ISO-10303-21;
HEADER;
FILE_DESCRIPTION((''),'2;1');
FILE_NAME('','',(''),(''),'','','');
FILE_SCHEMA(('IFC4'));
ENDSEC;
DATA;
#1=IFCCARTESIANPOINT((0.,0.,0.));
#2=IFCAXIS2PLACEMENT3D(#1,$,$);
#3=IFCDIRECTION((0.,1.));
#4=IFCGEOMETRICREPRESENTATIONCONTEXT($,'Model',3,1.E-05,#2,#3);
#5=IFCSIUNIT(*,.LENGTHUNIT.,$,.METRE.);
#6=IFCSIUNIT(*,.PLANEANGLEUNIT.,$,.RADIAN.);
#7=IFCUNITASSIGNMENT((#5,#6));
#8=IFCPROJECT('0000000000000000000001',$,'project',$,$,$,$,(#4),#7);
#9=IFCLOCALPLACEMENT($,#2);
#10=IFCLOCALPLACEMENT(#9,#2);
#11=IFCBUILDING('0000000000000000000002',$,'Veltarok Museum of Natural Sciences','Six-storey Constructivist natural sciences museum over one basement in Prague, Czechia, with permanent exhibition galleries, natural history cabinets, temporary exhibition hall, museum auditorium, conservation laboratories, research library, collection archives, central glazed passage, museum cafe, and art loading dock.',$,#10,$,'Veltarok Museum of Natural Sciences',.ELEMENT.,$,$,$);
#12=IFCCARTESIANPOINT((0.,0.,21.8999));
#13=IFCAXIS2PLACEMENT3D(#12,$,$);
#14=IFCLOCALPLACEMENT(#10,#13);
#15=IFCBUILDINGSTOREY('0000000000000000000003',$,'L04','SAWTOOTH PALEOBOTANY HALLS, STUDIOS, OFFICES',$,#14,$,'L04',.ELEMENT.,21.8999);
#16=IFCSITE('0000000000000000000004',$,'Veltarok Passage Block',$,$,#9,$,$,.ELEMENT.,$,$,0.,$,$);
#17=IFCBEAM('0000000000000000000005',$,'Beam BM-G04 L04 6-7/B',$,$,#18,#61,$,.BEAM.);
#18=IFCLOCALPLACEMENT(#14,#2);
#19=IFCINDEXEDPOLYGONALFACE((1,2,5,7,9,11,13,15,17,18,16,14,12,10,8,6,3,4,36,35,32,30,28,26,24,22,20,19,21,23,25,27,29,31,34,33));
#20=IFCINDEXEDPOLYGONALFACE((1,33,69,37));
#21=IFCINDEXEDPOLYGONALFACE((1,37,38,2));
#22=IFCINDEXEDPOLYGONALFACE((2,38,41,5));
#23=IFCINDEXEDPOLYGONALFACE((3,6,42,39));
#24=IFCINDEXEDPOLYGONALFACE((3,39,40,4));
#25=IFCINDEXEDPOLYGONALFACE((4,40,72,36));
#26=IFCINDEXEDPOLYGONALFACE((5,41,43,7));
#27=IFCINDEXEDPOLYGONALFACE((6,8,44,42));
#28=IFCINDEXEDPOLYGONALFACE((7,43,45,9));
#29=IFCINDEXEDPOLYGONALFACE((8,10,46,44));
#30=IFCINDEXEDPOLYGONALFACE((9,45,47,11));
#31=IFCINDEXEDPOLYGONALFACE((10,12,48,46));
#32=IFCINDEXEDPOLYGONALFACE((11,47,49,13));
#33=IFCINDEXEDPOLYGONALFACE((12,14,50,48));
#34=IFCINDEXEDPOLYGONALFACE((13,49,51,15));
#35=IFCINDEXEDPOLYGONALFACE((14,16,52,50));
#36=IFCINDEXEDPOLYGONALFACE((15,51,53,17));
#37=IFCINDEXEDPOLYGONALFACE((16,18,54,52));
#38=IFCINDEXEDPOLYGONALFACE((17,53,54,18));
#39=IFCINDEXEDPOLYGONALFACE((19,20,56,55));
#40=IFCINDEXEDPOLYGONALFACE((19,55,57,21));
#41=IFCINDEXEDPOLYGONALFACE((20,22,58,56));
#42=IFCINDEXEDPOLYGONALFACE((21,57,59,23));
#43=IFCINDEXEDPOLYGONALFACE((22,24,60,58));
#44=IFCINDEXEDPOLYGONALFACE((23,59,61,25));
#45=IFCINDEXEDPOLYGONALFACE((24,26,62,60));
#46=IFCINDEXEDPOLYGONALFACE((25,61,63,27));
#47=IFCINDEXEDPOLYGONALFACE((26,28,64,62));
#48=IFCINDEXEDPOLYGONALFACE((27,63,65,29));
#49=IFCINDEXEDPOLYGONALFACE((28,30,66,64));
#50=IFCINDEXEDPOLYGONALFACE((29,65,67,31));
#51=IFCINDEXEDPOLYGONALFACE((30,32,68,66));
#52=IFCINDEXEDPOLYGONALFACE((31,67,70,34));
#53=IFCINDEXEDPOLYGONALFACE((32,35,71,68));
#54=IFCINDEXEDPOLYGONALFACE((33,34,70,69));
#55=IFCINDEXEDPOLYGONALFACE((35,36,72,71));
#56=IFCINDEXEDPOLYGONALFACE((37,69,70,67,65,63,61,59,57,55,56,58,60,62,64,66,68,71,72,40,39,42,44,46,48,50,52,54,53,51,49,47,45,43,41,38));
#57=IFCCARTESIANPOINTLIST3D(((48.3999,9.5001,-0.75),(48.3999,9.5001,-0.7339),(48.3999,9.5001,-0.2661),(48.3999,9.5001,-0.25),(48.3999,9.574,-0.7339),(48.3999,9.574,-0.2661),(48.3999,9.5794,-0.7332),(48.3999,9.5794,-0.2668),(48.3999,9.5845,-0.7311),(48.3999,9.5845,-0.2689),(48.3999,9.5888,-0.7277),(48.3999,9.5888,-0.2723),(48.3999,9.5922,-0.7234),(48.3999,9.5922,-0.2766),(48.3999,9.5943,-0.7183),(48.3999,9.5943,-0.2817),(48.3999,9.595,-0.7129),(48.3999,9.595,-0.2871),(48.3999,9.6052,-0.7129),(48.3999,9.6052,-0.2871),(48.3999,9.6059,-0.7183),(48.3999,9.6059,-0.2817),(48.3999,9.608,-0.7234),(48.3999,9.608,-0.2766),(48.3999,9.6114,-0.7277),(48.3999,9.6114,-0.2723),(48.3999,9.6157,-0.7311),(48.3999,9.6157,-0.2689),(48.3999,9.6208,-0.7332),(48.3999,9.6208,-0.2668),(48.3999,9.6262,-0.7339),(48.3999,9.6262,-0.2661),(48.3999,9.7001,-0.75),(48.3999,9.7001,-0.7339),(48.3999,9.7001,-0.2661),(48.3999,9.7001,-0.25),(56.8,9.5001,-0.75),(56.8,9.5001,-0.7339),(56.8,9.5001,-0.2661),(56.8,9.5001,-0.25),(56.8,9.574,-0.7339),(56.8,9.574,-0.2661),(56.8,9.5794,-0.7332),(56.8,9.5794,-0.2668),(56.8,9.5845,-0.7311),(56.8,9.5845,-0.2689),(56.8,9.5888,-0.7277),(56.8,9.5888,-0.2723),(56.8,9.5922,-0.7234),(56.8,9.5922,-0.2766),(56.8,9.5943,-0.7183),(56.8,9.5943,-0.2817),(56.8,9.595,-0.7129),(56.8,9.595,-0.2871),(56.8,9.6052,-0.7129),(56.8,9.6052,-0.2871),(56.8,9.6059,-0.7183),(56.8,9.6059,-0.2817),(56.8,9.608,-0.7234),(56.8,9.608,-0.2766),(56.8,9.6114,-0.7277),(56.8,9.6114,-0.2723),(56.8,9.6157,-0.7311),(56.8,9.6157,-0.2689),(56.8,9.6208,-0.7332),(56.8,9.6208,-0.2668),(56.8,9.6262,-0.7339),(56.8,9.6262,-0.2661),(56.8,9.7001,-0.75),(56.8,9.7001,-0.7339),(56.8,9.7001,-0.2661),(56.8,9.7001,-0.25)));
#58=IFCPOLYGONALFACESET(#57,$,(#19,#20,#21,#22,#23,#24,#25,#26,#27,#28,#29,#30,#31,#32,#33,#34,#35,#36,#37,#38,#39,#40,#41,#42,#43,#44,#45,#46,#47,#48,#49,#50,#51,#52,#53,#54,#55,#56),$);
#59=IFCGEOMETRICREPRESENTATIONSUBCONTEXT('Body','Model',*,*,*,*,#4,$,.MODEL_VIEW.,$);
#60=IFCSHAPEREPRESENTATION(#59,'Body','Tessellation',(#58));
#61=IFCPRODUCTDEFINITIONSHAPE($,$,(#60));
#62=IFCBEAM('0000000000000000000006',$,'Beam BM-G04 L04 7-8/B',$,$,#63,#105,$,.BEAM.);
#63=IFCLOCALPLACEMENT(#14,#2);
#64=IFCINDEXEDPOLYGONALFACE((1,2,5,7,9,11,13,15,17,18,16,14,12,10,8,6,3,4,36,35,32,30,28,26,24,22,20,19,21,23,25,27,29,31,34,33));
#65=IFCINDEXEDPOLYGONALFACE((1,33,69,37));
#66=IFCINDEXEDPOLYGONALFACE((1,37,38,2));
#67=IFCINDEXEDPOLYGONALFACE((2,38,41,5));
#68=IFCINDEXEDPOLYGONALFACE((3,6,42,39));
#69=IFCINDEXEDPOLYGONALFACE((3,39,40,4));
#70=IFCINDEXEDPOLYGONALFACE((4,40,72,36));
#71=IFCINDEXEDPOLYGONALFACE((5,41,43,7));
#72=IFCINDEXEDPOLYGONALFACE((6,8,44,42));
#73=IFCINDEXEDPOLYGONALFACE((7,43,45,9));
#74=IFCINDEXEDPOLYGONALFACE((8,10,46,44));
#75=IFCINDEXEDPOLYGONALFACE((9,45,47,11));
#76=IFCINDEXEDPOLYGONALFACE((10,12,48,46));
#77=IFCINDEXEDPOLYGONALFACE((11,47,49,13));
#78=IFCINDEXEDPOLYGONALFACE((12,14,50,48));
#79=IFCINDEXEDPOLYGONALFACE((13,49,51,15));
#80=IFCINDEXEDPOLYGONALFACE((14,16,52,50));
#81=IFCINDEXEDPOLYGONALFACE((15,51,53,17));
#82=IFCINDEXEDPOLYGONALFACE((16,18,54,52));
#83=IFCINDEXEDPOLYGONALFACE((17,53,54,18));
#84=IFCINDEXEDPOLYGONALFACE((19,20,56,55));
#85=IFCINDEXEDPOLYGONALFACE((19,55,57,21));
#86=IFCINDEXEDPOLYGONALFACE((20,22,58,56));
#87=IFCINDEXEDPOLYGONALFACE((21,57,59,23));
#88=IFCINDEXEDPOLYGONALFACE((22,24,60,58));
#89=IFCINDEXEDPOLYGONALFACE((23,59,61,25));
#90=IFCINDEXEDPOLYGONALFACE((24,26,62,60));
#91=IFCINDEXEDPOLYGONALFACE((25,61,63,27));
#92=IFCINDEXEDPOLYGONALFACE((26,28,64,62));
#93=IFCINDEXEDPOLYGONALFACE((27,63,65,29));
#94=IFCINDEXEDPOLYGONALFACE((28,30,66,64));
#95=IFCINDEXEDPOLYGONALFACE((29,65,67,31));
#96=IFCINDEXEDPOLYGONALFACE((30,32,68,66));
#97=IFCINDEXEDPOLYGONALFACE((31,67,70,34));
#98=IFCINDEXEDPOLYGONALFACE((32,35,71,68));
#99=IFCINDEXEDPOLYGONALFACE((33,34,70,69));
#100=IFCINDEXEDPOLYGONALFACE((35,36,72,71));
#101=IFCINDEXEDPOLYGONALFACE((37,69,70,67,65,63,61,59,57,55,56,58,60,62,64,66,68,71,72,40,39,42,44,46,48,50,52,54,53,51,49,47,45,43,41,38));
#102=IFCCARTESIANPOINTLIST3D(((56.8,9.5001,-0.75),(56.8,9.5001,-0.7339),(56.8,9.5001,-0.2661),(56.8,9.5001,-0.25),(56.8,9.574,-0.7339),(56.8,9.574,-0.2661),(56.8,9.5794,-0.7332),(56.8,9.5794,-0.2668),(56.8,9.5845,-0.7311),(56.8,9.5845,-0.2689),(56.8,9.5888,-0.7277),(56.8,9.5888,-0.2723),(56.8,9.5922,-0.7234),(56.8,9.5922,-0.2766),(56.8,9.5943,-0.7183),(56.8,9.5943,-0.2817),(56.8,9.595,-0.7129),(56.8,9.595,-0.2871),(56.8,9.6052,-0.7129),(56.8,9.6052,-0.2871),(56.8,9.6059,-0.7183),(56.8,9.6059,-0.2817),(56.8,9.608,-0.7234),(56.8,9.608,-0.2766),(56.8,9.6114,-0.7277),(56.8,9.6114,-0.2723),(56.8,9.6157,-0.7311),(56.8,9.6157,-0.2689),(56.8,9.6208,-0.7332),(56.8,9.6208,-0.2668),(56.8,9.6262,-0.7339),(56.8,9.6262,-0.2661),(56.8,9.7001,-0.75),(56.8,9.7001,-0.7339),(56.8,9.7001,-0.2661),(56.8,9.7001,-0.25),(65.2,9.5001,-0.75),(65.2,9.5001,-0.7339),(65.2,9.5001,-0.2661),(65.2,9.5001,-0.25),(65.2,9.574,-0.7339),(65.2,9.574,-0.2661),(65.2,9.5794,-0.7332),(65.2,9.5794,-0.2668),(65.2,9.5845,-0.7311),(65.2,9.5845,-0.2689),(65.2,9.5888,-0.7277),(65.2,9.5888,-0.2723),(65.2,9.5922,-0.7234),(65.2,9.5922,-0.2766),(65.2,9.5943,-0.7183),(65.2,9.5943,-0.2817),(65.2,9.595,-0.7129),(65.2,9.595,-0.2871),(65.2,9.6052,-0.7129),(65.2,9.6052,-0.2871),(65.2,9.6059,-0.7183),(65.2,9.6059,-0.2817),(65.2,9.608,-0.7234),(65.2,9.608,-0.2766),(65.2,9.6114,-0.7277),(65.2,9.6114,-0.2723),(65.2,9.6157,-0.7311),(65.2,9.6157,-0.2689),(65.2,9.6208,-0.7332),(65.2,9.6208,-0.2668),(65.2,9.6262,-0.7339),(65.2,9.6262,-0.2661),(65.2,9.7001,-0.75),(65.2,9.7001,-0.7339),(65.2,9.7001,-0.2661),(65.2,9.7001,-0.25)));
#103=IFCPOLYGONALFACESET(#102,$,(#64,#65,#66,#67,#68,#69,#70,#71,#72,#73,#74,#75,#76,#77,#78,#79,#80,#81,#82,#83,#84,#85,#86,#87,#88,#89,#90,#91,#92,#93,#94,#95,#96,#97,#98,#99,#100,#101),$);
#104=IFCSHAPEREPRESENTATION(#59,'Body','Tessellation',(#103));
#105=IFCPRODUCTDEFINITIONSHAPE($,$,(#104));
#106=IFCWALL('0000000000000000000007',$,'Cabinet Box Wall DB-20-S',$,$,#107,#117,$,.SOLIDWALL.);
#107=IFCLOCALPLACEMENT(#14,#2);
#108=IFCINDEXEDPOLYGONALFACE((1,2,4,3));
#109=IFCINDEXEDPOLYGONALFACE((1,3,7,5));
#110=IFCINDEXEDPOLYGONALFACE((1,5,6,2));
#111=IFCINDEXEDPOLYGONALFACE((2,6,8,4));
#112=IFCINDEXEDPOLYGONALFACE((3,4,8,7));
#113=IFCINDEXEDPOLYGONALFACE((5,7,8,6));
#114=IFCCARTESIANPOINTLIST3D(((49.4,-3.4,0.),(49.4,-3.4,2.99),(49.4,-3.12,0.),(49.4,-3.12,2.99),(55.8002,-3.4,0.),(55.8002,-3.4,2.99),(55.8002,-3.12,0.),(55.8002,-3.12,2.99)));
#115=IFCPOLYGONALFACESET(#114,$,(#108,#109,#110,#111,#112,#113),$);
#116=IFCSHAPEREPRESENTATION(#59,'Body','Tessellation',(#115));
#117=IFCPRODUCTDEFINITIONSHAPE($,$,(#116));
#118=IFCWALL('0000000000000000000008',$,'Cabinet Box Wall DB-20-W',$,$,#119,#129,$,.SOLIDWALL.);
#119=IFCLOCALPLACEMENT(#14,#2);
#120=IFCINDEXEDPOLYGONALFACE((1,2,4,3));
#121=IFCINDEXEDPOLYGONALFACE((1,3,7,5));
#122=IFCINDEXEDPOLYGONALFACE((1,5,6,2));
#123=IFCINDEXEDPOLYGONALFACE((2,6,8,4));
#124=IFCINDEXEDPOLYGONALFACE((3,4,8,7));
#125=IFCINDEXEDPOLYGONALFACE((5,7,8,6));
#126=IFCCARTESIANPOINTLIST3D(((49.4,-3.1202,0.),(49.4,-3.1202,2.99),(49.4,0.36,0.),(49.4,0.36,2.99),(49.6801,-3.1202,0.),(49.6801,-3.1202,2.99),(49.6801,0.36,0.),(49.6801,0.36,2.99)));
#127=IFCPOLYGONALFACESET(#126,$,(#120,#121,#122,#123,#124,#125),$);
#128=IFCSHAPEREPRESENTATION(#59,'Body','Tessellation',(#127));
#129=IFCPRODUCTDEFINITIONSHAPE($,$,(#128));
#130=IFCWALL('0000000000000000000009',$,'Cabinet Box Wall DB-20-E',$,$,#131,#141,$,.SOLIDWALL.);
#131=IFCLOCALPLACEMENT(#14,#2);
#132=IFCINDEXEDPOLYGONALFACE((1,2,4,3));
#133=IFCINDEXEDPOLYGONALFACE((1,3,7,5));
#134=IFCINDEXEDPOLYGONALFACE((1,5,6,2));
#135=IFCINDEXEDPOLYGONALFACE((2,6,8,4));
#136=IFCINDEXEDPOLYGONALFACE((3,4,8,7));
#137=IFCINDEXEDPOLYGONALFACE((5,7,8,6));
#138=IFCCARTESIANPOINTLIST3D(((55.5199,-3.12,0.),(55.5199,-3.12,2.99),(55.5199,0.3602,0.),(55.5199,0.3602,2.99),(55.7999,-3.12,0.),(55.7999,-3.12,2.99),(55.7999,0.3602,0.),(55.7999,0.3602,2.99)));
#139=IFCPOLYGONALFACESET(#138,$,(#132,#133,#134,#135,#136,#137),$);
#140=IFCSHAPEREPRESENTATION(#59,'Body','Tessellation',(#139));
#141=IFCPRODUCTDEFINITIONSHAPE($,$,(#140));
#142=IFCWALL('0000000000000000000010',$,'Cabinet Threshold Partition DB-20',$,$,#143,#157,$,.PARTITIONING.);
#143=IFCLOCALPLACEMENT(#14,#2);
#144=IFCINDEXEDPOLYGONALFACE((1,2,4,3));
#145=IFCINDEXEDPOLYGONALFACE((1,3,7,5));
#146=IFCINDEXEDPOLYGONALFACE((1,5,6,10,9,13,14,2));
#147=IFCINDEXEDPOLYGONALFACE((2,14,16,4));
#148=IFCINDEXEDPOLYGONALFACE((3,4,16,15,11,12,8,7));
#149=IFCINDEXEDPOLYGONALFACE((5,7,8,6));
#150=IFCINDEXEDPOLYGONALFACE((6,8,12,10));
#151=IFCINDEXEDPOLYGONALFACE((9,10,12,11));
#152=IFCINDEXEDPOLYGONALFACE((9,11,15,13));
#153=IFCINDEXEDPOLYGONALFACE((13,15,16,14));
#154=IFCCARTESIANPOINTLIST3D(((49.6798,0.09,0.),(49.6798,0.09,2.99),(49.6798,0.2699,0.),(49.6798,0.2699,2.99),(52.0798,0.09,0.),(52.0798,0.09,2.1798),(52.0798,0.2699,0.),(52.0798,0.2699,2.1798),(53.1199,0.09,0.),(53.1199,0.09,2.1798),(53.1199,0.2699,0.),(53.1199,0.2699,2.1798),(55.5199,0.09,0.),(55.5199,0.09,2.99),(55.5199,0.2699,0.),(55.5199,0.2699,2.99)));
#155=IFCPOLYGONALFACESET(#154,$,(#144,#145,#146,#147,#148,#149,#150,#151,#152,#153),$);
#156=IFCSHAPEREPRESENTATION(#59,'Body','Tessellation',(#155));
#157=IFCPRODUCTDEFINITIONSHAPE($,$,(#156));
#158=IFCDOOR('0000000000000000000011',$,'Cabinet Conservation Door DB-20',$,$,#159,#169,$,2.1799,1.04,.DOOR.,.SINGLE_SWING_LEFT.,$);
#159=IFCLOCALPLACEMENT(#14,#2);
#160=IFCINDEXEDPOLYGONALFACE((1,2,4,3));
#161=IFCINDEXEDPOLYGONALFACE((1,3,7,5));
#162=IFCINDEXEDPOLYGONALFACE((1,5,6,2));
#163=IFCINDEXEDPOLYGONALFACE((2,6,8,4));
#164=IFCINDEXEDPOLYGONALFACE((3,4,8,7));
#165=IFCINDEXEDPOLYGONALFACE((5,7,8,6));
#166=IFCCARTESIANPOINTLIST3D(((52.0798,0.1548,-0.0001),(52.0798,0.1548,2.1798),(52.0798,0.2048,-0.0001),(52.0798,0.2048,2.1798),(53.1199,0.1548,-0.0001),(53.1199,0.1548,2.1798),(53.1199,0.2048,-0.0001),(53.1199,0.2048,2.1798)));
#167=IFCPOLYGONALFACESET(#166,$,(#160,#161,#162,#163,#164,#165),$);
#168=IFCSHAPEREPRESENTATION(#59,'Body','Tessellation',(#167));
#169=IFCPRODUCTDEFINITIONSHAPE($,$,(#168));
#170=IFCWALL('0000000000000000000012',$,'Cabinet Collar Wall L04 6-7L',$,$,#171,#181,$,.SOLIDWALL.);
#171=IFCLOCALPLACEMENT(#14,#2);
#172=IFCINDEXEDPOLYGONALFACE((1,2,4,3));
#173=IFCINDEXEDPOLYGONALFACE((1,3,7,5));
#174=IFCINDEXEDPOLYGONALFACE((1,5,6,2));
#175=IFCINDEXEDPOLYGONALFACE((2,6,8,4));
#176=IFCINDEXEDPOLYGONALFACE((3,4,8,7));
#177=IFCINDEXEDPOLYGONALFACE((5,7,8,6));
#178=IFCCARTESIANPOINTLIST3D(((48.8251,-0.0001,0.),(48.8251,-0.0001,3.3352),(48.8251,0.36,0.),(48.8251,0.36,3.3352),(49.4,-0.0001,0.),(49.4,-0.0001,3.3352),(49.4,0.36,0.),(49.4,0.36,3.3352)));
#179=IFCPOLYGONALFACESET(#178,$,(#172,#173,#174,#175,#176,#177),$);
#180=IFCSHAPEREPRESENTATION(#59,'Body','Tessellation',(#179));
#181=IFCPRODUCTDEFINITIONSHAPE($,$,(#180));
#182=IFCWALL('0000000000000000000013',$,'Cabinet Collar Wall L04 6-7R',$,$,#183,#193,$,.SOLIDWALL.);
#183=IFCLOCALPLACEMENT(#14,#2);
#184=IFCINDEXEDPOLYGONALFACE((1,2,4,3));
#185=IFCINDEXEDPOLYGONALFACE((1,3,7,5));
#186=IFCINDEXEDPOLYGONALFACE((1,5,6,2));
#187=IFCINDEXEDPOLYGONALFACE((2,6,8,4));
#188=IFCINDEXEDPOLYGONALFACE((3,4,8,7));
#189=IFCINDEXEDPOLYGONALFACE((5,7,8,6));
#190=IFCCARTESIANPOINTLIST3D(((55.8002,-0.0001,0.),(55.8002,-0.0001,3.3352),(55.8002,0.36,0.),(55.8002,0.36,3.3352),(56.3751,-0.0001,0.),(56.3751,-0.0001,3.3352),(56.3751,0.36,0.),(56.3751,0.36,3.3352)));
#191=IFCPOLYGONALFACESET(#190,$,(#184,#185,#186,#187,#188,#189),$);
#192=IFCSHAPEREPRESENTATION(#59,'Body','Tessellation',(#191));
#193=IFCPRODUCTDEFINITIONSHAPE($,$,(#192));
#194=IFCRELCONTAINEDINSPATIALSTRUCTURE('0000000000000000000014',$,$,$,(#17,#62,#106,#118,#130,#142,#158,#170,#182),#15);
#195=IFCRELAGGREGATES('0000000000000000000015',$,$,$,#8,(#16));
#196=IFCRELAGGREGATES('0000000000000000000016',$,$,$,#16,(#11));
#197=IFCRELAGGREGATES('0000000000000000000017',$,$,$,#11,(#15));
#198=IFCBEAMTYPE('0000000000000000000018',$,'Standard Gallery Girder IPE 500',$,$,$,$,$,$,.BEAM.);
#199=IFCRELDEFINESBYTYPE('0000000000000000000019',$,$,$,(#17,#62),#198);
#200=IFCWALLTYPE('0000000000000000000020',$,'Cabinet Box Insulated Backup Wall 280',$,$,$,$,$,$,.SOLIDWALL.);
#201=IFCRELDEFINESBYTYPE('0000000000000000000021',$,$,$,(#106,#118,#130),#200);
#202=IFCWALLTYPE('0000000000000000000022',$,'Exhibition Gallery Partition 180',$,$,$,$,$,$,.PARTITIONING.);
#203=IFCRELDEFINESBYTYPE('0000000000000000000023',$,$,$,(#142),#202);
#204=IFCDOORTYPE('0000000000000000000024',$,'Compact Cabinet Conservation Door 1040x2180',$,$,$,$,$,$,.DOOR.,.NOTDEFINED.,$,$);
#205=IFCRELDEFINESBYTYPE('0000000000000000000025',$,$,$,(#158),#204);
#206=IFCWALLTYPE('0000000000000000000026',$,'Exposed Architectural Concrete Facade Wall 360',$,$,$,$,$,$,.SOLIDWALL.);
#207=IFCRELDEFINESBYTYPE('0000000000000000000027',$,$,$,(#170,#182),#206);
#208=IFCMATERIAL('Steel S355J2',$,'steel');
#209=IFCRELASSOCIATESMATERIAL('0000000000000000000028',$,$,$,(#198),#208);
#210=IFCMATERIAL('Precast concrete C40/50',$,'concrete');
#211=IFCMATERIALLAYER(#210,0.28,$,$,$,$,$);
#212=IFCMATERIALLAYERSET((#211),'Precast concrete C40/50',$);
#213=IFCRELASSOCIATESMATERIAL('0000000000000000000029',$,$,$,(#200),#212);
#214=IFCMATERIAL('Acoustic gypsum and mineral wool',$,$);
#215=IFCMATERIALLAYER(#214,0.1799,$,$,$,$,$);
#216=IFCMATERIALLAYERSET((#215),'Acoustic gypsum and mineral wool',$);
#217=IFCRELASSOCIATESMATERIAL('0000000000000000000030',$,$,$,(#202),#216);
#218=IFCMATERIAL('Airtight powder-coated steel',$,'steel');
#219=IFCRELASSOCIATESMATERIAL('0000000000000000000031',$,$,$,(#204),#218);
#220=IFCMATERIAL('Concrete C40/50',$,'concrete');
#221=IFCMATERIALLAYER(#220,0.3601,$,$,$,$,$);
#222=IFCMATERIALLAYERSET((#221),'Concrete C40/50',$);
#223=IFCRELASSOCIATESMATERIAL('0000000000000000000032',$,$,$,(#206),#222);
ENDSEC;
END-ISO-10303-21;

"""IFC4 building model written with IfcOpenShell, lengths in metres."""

from ifc_helpers import new_model, si_unit, direction, frame, frame_2d, origin, origin_2d, place, context, subcontext, project, spatial, rectangle, i_section, extrude, material, layer, layer_set, material_profile, profile_set, type_object, element, fill, save


model = new_model("IFC4")

# Units and contexts
model_context = context("Model", 3, precision=1e-05, world=origin(), true_north=direction((0.0, 1.0)))
body_context = subcontext(model_context, "Body", "Model", "MODEL_VIEW")
ifc_project = project(units=[si_unit("LENGTHUNIT", "METRE"), si_unit("PLANEANGLEUNIT", "RADIAN")], contexts=[model_context])

# Site, building, storey
site_placement = place(None, origin())
site = spatial("IfcSite", under=ifc_project, at=site_placement, Name="Veltarok Passage Block", CompositionType="ELEMENT", RefElevation=0.0)
building_placement = place(site_placement, origin())
building = spatial("IfcBuilding", under=site, at=building_placement, Name="Veltarok Museum of Natural Sciences", Description="Six-storey Constructivist natural sciences museum over one basement in Prague, Czechia, with permanent exhibition galleries, natural history cabinets, temporary exhibition hall, museum auditorium, conservation laboratories, research library, collection archives, central glazed passage, museum cafe, and art loading dock.", LongName="Veltarok Museum of Natural Sciences", CompositionType="ELEMENT")
storey_placement = place(building_placement, frame((0.0, 0.0, 21.8999)))
storey = spatial("IfcBuildingStorey", under=building, at=storey_placement, Name="L04", Description="SAWTOOTH PALEOBOTANY HALLS, STUDIOS, OFFICES", LongName="L04", CompositionType="ELEMENT", Elevation=21.8999)

# Shared definitions
ifc_material_1 = material(Name="Concrete C40/50", Category="concrete")
ifc_material_2 = material(Name="Steel S355J2", Category="steel")

# Beams
ifc_material_profile_1 = material_profile(ifc_material_2, i_section(OverallWidth=0.2, OverallDepth=0.5, WebThickness=0.0103, FlangeThickness=0.0161, FilletRadius=0.021, at=origin_2d()), Name="IPE 500")
ifc_profile_set_1 = profile_set([ifc_material_profile_1], Name="Steel S355J2")
beam_type_1 = type_object("IfcBeamType", Name="Standard Gallery Girder IPE 500", PredefinedType="BEAM", material=ifc_profile_set_1)
beam_1_placement = place(storey_placement, frame((48.3999, 9.6001, -0.5), z_axis=(1.0, 0.0, 0.0), x_axis=(0.0, 1.0, 0.0)))
element("IfcBeam", 1, at=beam_1_placement, inside=storey, type_object=beam_type_1, Name="Beam BM-G04 L04 6-7/B", PredefinedType="BEAM", context=body_context, shape_type="SweptSolid", body=[
    extrude(i_section(OverallWidth=0.2, OverallDepth=0.5, WebThickness=0.0103, FlangeThickness=0.0161, FilletRadius=0.021, at=origin_2d()), origin(), (0.0, 0.0, 1.0), 8.4001),
])
beam_2_placement = place(storey_placement, frame((56.8, 9.6001, -0.5), z_axis=(1.0, 0.0, 0.0), x_axis=(0.0, 1.0, 0.0)))
element("IfcBeam", 2, at=beam_2_placement, inside=storey, type_object=beam_type_1, Name="Beam BM-G04 L04 7-8/B", PredefinedType="BEAM", context=body_context, shape_type="SweptSolid", body=[
    extrude(i_section(OverallWidth=0.2, OverallDepth=0.5, WebThickness=0.0103, FlangeThickness=0.0161, FilletRadius=0.021, at=origin_2d()), origin(), (0.0, 0.0, 1.0), 8.3999),
])

# Walls
ifc_material_3 = material(Name="Precast concrete C40/50", Category="concrete")
ifc_layer_1 = layer(ifc_material_3, 0.28)
ifc_layer_set_1 = layer_set([ifc_layer_1], Name="Precast concrete C40/50")
wall_type_1 = type_object("IfcWallType", Name="Cabinet Box Insulated Backup Wall 280", PredefinedType="SOLIDWALL", material=ifc_layer_set_1)
wall_1_placement = place(storey_placement, frame((49.3999, -3.26, 0.0), z_axis=(0.0, 0.0, 1.0), x_axis=(1.0, 0.0, 0.0)))
element("IfcWall", 3, at=wall_1_placement, inside=storey, type_object=wall_type_1, Name="Cabinet Box Wall DB-20-S", PredefinedType="SOLIDWALL", context=body_context, shape_type="SweptSolid", body=[
    extrude(rectangle(XDim=6.4001, YDim=0.28, at=frame_2d((3.2002, 0.0))), origin(), (0.0, 0.0, 1.0), 2.99),
])
for number, where, z_axis, x_axis, name in (
    (4, (49.54, 0.3601, 0.0), (0.0, 0.0, 1.0), (0.0, -1.0, 0.0), "Cabinet Box Wall DB-20-W"),
    (5, (55.6599, -3.1201, 0.0), (0.0, 0.0, 1.0), (0.0, 1.0, 0.0), "Cabinet Box Wall DB-20-E"),
):
    element("IfcWall", number, at=place(storey_placement, frame(where, z_axis=z_axis, x_axis=x_axis)), inside=storey, type_object=wall_type_1, Name=name, PredefinedType="SOLIDWALL", context=body_context, shape_type="SweptSolid", body=[
        extrude(rectangle(XDim=3.4802, YDim=0.28, at=frame_2d((1.7402, 0.0))), origin(), (0.0, 0.0, 1.0), 2.99),
    ])

# Wall, opening, door
ifc_material_4 = material(Name="Acoustic gypsum and mineral wool")
ifc_layer_2 = layer(ifc_material_4, 0.1799)
ifc_layer_set_2 = layer_set([ifc_layer_2], Name="Acoustic gypsum and mineral wool")
wall_type_2 = type_object("IfcWallType", Name="Exhibition Gallery Partition 180", PredefinedType="PARTITIONING", material=ifc_layer_set_2)
wall_2_placement = place(storey_placement, frame((49.6799, 0.1799, 0.0), z_axis=(0.0, 0.0, 1.0), x_axis=(1.0, 0.0, 0.0)))
wall_2 = element("IfcWall", 6, at=wall_2_placement, inside=storey, type_object=wall_type_2, Name="Cabinet Threshold Partition DB-20", PredefinedType="PARTITIONING", context=body_context, shape_type="SweptSolid", body=[
    extrude(rectangle(XDim=5.8401, YDim=0.1799, at=frame_2d((2.9199, 0.0))), origin(), (0.0, 0.0, 1.0), 2.99),
])
opening_placement = place(wall_2_placement, frame((2.3999, 0.0, 0.0)))
opening = element("IfcOpeningElement", 7, at=opening_placement, cuts=wall_2, PredefinedType="OPENING", context=body_context, shape_type="SweptSolid", body=[
    extrude(rectangle(XDim=1.04, YDim=2.1799, at=frame_2d((0.52, 1.0898))), frame((0.0, 0.1001, 0.0), z_axis=(0.0, -1.0, 0.0), x_axis=(1.0, 0.0, 0.0)), (0.0, 0.0, 1.0), 0.2),
])
ifc_material_5 = material(Name="Airtight powder-coated steel", Category="steel")
door_type = type_object("IfcDoorType", Name="Compact Cabinet Conservation Door 1040x2180", OperationType="NOTDEFINED", PredefinedType="DOOR", material=ifc_material_5)
door_placement = place(opening_placement, origin())
door = element("IfcDoor", 8, at=door_placement, inside=storey, type_object=door_type, Name="Cabinet Conservation Door DB-20", OperationType="SINGLE_SWING_LEFT", OverallHeight=2.1799, OverallWidth=1.04, PredefinedType="DOOR", context=body_context, shape_type="SweptSolid", body=[
    extrude(rectangle(XDim=1.04, YDim=2.1799, at=frame_2d((0.52, 1.0898))), frame((0.0, 0.0249, 0.0), z_axis=(0.0, -1.0, 0.0), x_axis=(1.0, 0.0, 0.0)), (0.0, 0.0, 1.0), 0.05),
])
fill(opening, door)

# Walls
ifc_layer_3 = layer(ifc_material_1, 0.3601)
ifc_layer_set_3 = layer_set([ifc_layer_3], Name="Concrete C40/50")
wall_type_3 = type_object("IfcWallType", Name="Exposed Architectural Concrete Facade Wall 360", PredefinedType="SOLIDWALL", material=ifc_layer_set_3)
for number, where, z_axis, x_axis, name in (
    (9, (48.825, 0.1799, 0.0), (0.0, 0.0, 1.0), (1.0, 0.0, 0.0), "Cabinet Collar Wall L04 6-7L"),
    (10, (55.8, 0.1799, 0.0), (0.0, 0.0, 1.0), (1.0, 0.0, 0.0), "Cabinet Collar Wall L04 6-7R"),
):
    element("IfcWall", number, at=place(storey_placement, frame(where, z_axis=z_axis, x_axis=x_axis)), inside=storey, type_object=wall_type_3, Name=name, PredefinedType="SOLIDWALL", context=body_context, shape_type="SweptSolid", body=[
        extrude(rectangle(XDim=0.575, YDim=0.3601, at=frame_2d((0.2876, 0.0))), origin(), (0.0, 0.0, 1.0), 3.3352),
    ])

save(model, "model.ifc")
